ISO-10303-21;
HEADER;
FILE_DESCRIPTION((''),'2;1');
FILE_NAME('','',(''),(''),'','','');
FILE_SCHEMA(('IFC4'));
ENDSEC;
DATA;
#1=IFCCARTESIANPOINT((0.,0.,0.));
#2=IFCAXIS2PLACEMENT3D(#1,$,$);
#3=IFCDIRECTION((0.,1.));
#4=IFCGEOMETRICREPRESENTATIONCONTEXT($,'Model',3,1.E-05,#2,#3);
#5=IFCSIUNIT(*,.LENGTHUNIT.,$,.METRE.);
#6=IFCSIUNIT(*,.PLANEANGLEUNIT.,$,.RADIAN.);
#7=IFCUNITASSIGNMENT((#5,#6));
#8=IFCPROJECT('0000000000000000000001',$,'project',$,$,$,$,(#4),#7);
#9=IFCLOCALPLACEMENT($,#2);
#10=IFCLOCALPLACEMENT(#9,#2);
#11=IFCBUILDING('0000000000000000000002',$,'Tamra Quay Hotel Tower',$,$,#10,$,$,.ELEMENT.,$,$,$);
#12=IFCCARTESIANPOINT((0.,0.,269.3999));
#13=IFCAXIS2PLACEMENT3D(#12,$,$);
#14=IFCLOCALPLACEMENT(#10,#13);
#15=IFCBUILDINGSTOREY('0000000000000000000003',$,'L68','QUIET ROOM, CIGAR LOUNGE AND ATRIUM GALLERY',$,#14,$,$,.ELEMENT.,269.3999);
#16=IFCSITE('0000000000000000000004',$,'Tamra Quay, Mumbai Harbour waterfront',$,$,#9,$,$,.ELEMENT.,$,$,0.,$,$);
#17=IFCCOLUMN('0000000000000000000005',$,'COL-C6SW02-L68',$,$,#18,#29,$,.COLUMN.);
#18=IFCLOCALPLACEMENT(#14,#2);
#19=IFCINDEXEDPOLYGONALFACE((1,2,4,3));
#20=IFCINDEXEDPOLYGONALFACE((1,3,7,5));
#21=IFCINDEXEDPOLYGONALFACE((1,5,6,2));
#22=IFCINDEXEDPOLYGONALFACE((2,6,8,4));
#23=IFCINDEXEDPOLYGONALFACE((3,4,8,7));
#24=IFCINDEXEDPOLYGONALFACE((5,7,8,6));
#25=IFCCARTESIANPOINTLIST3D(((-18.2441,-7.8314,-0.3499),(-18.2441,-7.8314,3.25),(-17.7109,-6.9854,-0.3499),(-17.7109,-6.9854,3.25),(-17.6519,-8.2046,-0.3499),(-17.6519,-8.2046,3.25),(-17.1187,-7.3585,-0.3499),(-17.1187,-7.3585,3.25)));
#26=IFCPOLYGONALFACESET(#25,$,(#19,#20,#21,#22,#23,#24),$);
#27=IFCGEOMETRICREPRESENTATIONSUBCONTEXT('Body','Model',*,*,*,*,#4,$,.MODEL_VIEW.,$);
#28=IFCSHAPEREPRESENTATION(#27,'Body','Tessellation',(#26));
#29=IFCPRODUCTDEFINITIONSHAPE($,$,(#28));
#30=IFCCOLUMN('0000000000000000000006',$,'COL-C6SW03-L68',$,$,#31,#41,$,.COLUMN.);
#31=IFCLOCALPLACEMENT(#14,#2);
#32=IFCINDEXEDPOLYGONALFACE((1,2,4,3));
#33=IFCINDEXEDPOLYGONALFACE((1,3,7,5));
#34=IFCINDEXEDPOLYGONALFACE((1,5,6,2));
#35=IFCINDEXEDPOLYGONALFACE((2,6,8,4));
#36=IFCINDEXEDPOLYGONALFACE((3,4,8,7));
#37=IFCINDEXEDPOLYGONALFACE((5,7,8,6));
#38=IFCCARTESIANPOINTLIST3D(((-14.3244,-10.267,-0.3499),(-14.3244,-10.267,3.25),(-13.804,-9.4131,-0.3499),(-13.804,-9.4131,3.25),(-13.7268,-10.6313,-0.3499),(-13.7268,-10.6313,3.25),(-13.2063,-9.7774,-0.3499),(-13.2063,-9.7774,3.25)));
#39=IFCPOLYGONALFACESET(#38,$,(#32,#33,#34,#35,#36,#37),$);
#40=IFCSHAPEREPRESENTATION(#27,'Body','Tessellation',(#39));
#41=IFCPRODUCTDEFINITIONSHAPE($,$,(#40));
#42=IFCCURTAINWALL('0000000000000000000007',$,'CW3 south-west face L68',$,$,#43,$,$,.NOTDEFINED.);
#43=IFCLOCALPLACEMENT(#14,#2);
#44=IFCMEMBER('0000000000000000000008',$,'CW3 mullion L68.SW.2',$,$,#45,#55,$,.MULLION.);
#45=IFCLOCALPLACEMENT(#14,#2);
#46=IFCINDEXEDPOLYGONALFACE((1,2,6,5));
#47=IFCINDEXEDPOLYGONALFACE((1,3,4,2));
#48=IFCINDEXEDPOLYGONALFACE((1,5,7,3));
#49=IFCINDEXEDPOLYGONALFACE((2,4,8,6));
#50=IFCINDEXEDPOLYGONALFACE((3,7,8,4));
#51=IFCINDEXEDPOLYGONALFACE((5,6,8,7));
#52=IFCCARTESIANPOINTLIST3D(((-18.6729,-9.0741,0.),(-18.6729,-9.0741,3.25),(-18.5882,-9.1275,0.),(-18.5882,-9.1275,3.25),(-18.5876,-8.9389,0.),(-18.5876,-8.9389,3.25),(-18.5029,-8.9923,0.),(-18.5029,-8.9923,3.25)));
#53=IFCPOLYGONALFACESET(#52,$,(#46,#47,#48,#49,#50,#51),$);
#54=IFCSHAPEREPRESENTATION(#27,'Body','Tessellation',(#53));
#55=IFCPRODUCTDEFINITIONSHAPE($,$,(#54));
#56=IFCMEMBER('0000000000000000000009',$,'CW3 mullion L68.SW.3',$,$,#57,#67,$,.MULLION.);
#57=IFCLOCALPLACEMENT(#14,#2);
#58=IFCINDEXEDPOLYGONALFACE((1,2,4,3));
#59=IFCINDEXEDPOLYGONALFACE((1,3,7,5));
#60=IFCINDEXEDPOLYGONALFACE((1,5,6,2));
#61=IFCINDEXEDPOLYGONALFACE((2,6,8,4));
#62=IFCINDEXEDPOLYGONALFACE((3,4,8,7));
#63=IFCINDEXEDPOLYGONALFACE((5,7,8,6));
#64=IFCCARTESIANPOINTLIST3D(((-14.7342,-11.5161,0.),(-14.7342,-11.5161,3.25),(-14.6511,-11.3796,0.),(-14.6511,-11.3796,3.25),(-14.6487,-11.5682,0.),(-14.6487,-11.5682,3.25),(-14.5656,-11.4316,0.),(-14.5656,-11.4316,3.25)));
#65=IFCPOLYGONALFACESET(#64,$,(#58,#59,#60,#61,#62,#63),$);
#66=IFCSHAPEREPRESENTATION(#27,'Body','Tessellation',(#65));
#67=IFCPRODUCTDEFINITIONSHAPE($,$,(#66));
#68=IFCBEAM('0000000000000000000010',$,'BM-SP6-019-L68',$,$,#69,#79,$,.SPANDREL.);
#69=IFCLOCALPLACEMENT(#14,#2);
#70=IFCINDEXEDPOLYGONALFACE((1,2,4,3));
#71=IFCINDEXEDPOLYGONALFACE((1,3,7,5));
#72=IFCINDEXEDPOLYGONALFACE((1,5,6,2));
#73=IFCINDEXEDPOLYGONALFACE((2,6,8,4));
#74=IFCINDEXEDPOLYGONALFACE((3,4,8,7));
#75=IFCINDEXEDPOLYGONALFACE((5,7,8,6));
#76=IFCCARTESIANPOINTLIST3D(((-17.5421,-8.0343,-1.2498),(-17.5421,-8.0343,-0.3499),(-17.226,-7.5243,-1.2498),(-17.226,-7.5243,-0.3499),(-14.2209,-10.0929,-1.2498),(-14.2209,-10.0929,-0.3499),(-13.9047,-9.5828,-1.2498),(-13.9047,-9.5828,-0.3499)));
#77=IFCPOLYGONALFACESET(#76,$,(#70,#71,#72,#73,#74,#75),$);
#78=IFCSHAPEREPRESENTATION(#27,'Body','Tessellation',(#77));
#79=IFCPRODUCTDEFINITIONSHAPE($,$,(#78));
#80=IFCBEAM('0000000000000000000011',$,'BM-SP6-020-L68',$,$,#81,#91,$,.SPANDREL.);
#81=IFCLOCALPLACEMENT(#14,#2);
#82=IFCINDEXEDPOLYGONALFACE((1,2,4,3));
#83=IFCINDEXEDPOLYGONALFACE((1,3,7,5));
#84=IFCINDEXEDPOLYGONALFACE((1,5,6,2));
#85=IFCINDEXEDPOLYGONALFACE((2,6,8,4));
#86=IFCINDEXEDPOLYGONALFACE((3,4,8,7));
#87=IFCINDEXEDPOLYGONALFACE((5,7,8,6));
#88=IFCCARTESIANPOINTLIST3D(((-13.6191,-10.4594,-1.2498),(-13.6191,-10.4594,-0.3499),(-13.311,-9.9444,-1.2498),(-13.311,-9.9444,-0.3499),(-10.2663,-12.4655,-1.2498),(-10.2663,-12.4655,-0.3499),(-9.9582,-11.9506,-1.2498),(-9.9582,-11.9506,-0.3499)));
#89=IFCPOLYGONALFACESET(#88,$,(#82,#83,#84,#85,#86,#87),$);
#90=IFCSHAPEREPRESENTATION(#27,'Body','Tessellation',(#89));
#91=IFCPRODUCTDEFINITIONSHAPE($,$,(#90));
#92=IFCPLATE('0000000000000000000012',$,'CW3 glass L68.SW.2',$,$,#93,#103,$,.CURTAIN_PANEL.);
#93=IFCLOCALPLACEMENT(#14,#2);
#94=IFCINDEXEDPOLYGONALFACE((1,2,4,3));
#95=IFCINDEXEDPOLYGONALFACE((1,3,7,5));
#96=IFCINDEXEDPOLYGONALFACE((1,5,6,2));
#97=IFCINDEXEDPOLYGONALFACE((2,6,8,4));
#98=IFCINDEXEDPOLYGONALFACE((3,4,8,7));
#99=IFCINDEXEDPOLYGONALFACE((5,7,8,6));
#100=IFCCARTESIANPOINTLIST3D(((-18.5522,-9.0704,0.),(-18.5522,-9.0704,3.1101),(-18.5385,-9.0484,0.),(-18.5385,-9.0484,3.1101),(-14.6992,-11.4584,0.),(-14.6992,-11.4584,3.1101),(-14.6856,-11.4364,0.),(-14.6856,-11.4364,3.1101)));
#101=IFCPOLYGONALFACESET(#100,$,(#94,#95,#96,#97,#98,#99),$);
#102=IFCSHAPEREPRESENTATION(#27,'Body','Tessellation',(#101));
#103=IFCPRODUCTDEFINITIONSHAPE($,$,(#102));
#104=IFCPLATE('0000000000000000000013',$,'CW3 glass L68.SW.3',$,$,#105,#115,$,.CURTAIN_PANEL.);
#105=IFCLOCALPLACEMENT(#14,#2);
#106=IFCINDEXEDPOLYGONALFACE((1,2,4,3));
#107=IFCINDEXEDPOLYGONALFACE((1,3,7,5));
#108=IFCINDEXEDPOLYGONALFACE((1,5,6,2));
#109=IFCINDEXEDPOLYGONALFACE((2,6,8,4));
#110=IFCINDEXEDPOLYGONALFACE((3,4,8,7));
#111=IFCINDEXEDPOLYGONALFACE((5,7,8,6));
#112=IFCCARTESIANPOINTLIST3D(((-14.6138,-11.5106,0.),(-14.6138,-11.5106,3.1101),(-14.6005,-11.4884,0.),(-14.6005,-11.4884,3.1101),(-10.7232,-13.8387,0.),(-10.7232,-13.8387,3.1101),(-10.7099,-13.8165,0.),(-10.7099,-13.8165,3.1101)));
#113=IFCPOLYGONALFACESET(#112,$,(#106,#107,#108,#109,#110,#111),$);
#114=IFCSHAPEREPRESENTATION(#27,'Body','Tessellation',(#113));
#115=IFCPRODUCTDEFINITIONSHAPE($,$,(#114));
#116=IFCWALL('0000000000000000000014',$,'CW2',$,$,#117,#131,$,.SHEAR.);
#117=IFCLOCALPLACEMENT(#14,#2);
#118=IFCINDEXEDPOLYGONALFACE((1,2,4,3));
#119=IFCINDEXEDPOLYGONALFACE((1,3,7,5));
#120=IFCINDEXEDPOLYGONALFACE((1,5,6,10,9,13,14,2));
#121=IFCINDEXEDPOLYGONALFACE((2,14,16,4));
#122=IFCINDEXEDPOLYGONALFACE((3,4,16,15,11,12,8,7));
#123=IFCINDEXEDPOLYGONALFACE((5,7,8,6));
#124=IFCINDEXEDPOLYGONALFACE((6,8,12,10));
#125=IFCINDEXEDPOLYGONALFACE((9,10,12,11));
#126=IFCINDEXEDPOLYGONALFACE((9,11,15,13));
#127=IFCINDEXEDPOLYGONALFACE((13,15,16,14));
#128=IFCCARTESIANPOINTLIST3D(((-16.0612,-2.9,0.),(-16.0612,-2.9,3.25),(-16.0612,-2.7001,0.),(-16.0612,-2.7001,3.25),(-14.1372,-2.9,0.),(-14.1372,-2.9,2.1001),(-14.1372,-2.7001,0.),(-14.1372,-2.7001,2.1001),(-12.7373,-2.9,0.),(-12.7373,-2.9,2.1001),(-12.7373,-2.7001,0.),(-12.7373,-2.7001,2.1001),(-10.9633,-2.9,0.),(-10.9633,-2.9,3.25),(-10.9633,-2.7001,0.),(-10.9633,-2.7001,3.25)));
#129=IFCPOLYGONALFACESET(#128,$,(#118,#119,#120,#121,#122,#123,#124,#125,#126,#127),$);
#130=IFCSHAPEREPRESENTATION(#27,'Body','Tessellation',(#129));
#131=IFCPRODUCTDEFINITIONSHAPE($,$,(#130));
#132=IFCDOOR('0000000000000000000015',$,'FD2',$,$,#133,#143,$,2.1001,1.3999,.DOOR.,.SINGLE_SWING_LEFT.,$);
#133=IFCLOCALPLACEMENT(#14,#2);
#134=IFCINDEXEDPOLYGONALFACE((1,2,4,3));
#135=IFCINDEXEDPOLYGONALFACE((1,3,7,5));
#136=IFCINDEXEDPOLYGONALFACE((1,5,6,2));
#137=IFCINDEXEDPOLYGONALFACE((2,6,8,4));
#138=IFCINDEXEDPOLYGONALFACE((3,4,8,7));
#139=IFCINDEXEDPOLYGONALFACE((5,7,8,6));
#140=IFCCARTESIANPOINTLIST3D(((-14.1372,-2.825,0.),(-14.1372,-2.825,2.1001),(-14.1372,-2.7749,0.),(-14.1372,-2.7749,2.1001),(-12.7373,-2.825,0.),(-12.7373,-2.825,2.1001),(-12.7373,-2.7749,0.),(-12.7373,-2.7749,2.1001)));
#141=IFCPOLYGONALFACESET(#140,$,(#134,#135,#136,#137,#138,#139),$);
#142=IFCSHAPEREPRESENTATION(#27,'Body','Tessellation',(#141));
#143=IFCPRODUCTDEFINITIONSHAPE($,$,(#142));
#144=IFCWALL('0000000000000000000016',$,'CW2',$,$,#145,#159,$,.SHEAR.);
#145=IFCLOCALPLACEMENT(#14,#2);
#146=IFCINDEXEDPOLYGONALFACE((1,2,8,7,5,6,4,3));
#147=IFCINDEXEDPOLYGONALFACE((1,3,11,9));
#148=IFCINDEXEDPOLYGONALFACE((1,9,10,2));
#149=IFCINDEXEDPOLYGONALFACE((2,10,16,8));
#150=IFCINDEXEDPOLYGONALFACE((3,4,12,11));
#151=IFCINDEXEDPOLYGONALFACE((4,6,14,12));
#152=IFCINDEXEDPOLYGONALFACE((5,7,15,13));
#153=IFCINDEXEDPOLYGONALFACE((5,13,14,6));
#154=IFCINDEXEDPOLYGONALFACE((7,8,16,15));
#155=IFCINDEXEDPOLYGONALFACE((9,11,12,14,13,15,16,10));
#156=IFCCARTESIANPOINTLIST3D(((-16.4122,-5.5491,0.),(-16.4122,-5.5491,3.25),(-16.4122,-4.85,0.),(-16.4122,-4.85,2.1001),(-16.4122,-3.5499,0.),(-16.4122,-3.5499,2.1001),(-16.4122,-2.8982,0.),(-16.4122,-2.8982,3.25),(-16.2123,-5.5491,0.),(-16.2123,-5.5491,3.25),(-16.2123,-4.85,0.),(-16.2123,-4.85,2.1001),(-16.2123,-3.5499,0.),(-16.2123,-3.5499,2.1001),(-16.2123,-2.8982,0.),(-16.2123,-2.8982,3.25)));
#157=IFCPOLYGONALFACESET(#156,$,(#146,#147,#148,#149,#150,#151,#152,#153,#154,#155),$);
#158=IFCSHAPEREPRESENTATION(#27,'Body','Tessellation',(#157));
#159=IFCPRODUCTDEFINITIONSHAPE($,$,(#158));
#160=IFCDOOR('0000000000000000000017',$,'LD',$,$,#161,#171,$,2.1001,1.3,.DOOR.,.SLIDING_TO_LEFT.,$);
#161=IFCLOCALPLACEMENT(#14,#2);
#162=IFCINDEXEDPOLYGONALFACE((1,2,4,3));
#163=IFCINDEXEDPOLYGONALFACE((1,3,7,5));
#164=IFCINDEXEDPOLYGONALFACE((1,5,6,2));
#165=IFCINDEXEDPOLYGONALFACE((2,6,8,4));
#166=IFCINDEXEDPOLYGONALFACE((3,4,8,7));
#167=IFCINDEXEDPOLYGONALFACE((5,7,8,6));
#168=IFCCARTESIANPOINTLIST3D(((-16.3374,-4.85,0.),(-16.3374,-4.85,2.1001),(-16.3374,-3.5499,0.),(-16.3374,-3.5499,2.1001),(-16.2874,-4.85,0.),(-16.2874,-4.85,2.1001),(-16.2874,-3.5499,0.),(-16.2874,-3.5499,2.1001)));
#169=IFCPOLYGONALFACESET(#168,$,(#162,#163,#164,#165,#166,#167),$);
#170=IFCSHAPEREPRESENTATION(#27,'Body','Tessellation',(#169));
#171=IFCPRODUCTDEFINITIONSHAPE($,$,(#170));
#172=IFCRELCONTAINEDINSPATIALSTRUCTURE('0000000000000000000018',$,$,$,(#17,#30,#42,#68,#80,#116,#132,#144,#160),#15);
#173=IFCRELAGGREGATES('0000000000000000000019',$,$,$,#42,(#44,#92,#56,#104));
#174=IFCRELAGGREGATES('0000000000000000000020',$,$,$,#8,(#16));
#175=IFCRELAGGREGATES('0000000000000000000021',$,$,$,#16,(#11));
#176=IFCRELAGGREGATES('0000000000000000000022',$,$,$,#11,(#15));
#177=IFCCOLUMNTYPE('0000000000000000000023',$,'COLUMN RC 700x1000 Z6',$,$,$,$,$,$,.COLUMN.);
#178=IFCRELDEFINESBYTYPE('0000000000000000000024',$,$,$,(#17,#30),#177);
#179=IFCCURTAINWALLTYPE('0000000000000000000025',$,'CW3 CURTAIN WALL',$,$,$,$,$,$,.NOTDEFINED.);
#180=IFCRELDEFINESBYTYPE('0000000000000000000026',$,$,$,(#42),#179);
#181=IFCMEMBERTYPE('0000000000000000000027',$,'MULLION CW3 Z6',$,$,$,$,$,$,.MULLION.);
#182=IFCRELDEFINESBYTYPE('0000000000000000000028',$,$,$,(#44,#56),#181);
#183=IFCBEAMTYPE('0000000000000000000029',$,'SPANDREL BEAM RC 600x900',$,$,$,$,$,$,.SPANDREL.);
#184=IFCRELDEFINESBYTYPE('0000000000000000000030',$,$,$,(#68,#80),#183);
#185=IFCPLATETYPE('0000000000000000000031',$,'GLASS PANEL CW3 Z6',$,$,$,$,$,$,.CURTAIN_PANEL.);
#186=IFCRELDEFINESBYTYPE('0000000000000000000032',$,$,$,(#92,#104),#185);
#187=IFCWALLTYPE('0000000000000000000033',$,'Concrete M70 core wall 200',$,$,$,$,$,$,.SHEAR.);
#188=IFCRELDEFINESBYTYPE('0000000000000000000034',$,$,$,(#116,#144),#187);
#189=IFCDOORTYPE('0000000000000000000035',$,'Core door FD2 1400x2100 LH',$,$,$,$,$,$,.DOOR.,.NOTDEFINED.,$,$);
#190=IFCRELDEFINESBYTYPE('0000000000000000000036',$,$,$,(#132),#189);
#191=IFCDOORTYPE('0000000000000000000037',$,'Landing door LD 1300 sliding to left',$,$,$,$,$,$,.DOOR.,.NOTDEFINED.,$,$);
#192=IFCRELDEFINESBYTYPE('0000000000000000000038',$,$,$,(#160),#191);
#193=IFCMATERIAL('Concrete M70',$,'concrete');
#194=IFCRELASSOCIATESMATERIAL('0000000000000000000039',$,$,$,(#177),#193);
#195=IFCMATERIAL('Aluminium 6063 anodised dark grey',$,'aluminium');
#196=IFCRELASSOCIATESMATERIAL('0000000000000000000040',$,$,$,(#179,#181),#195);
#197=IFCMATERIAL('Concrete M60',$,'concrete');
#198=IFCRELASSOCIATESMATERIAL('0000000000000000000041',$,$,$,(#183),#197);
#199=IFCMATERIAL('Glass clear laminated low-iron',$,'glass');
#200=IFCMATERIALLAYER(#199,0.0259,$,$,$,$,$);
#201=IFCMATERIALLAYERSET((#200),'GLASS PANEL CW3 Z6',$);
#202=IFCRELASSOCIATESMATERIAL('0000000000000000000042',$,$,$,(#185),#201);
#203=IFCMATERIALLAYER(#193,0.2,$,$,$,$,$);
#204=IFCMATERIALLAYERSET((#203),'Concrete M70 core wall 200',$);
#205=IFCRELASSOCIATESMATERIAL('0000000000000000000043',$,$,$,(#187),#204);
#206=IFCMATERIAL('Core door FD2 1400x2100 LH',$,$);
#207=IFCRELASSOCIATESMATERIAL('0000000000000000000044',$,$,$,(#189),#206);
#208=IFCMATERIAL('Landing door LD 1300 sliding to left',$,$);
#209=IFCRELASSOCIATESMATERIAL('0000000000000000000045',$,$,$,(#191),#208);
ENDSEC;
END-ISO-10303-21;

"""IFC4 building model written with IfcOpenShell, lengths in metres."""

from ifc_helpers import new_model, si_unit, direction, frame, frame_2d, origin, origin_2d, place, context, subcontext, project, spatial, rectangle, extrude, material, layer, layer_set, material_profile, profile_set, type_object, element, fill, aggregate, save


model = new_model("IFC4")

# Units and contexts
model_context = context("Model", 3, precision=1e-05, world=origin(), true_north=direction((0.0, 1.0)))
body_context = subcontext(model_context, "Body", "Model", "MODEL_VIEW")
ifc_project = project(units=[si_unit("LENGTHUNIT", "METRE"), si_unit("PLANEANGLEUNIT", "RADIAN")], contexts=[model_context])

# Site, building, storey
site_placement = place(None, origin())
site = spatial("IfcSite", under=ifc_project, at=site_placement, Name="Tamra Quay, Mumbai Harbour waterfront", CompositionType="ELEMENT", RefElevation=0.0)
building_placement = place(site_placement, origin())
building = spatial("IfcBuilding", under=site, at=building_placement, Name="Tamra Quay Hotel Tower", CompositionType="ELEMENT")
storey_placement = place(building_placement, frame((0.0, 0.0, 269.3999)))
storey = spatial("IfcBuildingStorey", under=building, at=storey_placement, Name="L68", Description="QUIET ROOM, CIGAR LOUNGE AND ATRIUM GALLERY", CompositionType="ELEMENT", Elevation=269.3999)

# Columns
ifc_material_1 = material(Name="Concrete M70", Category="concrete")
ifc_material_profile_1 = material_profile(ifc_material_1, rectangle(XDim=1.0, YDim=0.7, at=origin_2d()), Name="COLUMN RC 700x1000 Z6")
ifc_profile_set_1 = profile_set([ifc_material_profile_1], Name="Concrete M70")
column_type = type_object("IfcColumnType", Name="COLUMN RC 700x1000 Z6", PredefinedType="COLUMN", material=ifc_profile_set_1)
for number, where, z_axis, x_axis, name in (
    (1, (-17.6814, -7.595, -0.3499), (0.0, 0.0, 1.0), (0.533133, 0.846031, 0.0), "COL-C6SW02-L68"),
    (2, (-13.7654, -10.0222, -0.3499), (0.0, 0.0, 1.0), (0.52043, 0.853904, 0.0), "COL-C6SW03-L68"),
):
    element("IfcColumn", number, at=place(storey_placement, frame(where, z_axis=z_axis, x_axis=x_axis)), inside=storey, type_object=column_type, Name=name, PredefinedType="COLUMN", context=body_context, shape_type="SweptSolid", body=[
        extrude(rectangle(XDim=1.0, YDim=0.7, at=origin_2d()), origin(), (0.0, 0.0, 1.0), 3.5999),
    ])

# Curtain wall, members
ifc_material_2 = material(Name="Aluminium 6063 anodised dark grey", Category="aluminium")
curtain_wall_type = type_object("IfcCurtainWallType", Name="CW3 CURTAIN WALL", PredefinedType="NOTDEFINED", material=ifc_material_2)
curtain_wall_placement = place(storey_placement, origin())
curtain_wall = element("IfcCurtainWall", 3, at=curtain_wall_placement, inside=storey, type_object=curtain_wall_type, Name="CW3 south-west face L68", PredefinedType="NOTDEFINED")
ifc_material_profile_2 = material_profile(ifc_material_2, rectangle(XDim=0.1599, YDim=0.1001, at=origin_2d()), Name="MULLION 100X160")
ifc_profile_set_2 = profile_set([ifc_material_profile_2], Name="Aluminium 6063 anodised dark grey")
member_type = type_object("IfcMemberType", Name="MULLION CW3 Z6", PredefinedType="MULLION", material=ifc_profile_set_2)
member_1_placement = place(storey_placement, frame((-18.5879, -9.0332, 0.0), z_axis=(0.0, 0.0, 1.0), x_axis=(-0.533422, -0.845849, 0.0)))
member_1 = element("IfcMember", 4, at=member_1_placement, type_object=member_type, Name="CW3 mullion L68.SW.2", PredefinedType="MULLION", context=body_context, shape_type="SweptSolid", body=[
    extrude(rectangle(XDim=0.1599, YDim=0.1001, at=origin_2d()), origin(), (0.0, 0.0, 1.0), 3.25),
])
member_2_placement = place(storey_placement, frame((-14.6499, -11.4739, 0.0), z_axis=(0.0, 0.0, 1.0), x_axis=(-0.52016, -0.854069, 0.0)))
member_2 = element("IfcMember", 5, at=member_2_placement, type_object=member_type, Name="CW3 mullion L68.SW.3", PredefinedType="MULLION", context=body_context, shape_type="SweptSolid", body=[
    extrude(rectangle(XDim=0.1599, YDim=0.1001, at=origin_2d()), origin(), (0.0, 0.0, 1.0), 3.25),
])

# Beams
ifc_material_3 = material(Name="Concrete M60", Category="concrete")
ifc_material_profile_3 = material_profile(ifc_material_3, rectangle(XDim=0.6001, YDim=0.8999, at=origin_2d()), Name="SPANDREL BEAM RC 600x900")
ifc_profile_set_3 = profile_set([ifc_material_profile_3], Name="Concrete M60")
beam_type = type_object("IfcBeamType", Name="SPANDREL BEAM RC 600x900", PredefinedType="SPANDREL", material=ifc_profile_set_3)
beam_1_placement = place(storey_placement, frame((-17.384, -7.7793, -0.7998), z_axis=(0.849972, -0.526828, 0.0), x_axis=(0.526828, 0.849972, 0.0)))
element("IfcBeam", 6, at=beam_1_placement, inside=storey, type_object=beam_type, Name="BM-SP6-019-L68", PredefinedType="SPANDREL", context=body_context, shape_type="SweptSolid", body=[
    extrude(rectangle(XDim=0.6001, YDim=0.8999, at=origin_2d()), origin(), (0.0, 0.0, 1.0), 3.9075),
])
beam_2_placement = place(storey_placement, frame((-13.4651, -10.2019, -0.7998), z_axis=(0.858121, -0.513448, 0.0), x_axis=(0.513448, 0.858121, 0.0)))
element("IfcBeam", 7, at=beam_2_placement, inside=storey, type_object=beam_type, Name="BM-SP6-020-L68", PredefinedType="SPANDREL", context=body_context, shape_type="SweptSolid", body=[
    extrude(rectangle(XDim=0.6001, YDim=0.8999, at=origin_2d()), origin(), (0.0, 0.0, 1.0), 3.9072),
])

# Plates
ifc_material_4 = material(Name="Glass clear laminated low-iron", Category="glass")
ifc_layer_1 = layer(ifc_material_4, 0.0259)
ifc_layer_set_1 = layer_set([ifc_layer_1], Name="GLASS PANEL CW3 Z6")
plate_type = type_object("IfcPlateType", Name="GLASS PANEL CW3 Z6", PredefinedType="CURTAIN_PANEL", material=ifc_layer_set_1)
plate_1_placement = place(storey_placement, frame((-16.6189, -10.2534, 0.0), z_axis=(0.0, 0.0, 1.0), x_axis=(0.849982, -0.526812, 0.0)))
plate_1 = element("IfcPlate", 8, at=plate_1_placement, type_object=plate_type, Name="CW3 glass L68.SW.2", PredefinedType="CURTAIN_PANEL", context=body_context, shape_type="SweptSolid", body=[
    extrude(rectangle(XDim=4.533, YDim=0.0259, at=origin_2d()), origin(), (0.0, 0.0, 1.0), 3.1101),
])
plate_2_placement = place(storey_placement, frame((-12.6619, -12.6636, 0.0), z_axis=(0.0, 0.0, 1.0), x_axis=(0.858103, -0.513477, 0.0)))
plate_2 = element("IfcPlate", 9, at=plate_2_placement, type_object=plate_type, Name="CW3 glass L68.SW.3", PredefinedType="CURTAIN_PANEL", context=body_context, shape_type="SweptSolid", body=[
    extrude(rectangle(XDim=4.5339, YDim=0.0259, at=origin_2d()), origin(), (0.0, 0.0, 1.0), 3.1101),
])
aggregate(curtain_wall, [member_1, plate_1, member_2, plate_2])

# Walls, openings, doors
ifc_layer_2 = layer(ifc_material_1, 0.2)
ifc_layer_set_2 = layer_set([ifc_layer_2], Name="Concrete M70 core wall 200")
wall_type_1 = type_object("IfcWallType", Name="Concrete M70 core wall 200", PredefinedType="SHEAR", material=ifc_layer_set_2)
wall_1_placement = place(storey_placement, frame((-10.9634, -2.8, 0.0), z_axis=(0.0, 0.0, 1.0), x_axis=(-1.0, 0.0, 0.0)))
wall_1 = element("IfcWall", 10, at=wall_1_placement, inside=storey, type_object=wall_type_1, Name="CW2", PredefinedType="SHEAR", context=body_context, shape_type="SweptSolid", body=[
    extrude(rectangle(XDim=5.0979, YDim=0.2, at=frame_2d((2.5488, 0.0))), origin(), (0.0, 0.0, 1.0), 3.25),
])
opening_1_placement = place(wall_1_placement, frame((1.7739, 0.0, 0.0)))
opening_1 = element("IfcOpeningElement", 11, at=opening_1_placement, cuts=wall_1, PredefinedType="OPENING", context=body_context, shape_type="SweptSolid", body=[
    extrude(rectangle(XDim=1.3999, YDim=2.1001, at=frame_2d((0.7, 1.05))), frame((0.0, 0.1099, 0.0), z_axis=(0.0, -1.0, 0.0), x_axis=(1.0, 0.0, 0.0)), (0.0, 0.0, 1.0), 0.22),
])
ifc_material_5 = material(Name="Core door FD2 1400x2100 LH")
door_type_1 = type_object("IfcDoorType", Name="Core door FD2 1400x2100 LH", OperationType="NOTDEFINED", PredefinedType="DOOR", material=ifc_material_5)
door_1_placement = place(opening_1_placement, origin())
door_1 = element("IfcDoor", 12, at=door_1_placement, inside=storey, type_object=door_type_1, Name="FD2", OperationType="SINGLE_SWING_LEFT", OverallHeight=2.1001, OverallWidth=1.3999, PredefinedType="DOOR", context=body_context, shape_type="SweptSolid", body=[
    extrude(rectangle(XDim=1.3999, YDim=2.1001, at=frame_2d((0.7, 1.05))), frame((0.0, 0.0249, 0.0), z_axis=(0.0, -1.0, 0.0), x_axis=(1.0, 0.0, 0.0)), (0.0, 0.0, 1.0), 0.05),
])
fill(opening_1, door_1)
wall_2_placement = place(storey_placement, frame((-16.3123, -2.8982, 0.0), z_axis=(0.0, 0.0, 1.0), x_axis=(0.0, -1.0, 0.0)))
wall_2 = element("IfcWall", 13, at=wall_2_placement, inside=storey, type_object=wall_type_1, Name="CW2", PredefinedType="SHEAR", context=body_context, shape_type="SweptSolid", body=[
    extrude(rectangle(XDim=2.6509, YDim=0.2, at=frame_2d((1.3254, 0.0))), origin(), (0.0, 0.0, 1.0), 3.25),
])
opening_2_placement = place(wall_2_placement, frame((0.6519, 0.0, 0.0)))
opening_2 = element("IfcOpeningElement", 14, at=opening_2_placement, cuts=wall_2, PredefinedType="OPENING", context=body_context, shape_type="SweptSolid", body=[
    extrude(rectangle(XDim=1.3, YDim=2.1001, at=frame_2d((0.6499, 1.05))), frame((0.0, 0.1099, 0.0), z_axis=(0.0, -1.0, 0.0), x_axis=(1.0, 0.0, 0.0)), (0.0, 0.0, 1.0), 0.22),
])
ifc_material_6 = material(Name="Landing door LD 1300 sliding to left")
door_type_2 = type_object("IfcDoorType", Name="Landing door LD 1300 sliding to left", OperationType="NOTDEFINED", PredefinedType="DOOR", material=ifc_material_6)
door_2_placement = place(opening_2_placement, origin())
door_2 = element("IfcDoor", 15, at=door_2_placement, inside=storey, type_object=door_type_2, Name="LD", OperationType="SLIDING_TO_LEFT", OverallHeight=2.1001, OverallWidth=1.3, PredefinedType="DOOR", context=body_context, shape_type="SweptSolid", body=[
    extrude(rectangle(XDim=1.3, YDim=2.1001, at=frame_2d((0.6499, 1.05))), frame((0.0, 0.0249, 0.0), z_axis=(0.0, -1.0, 0.0), x_axis=(1.0, 0.0, 0.0)), (0.0, 0.0, 1.0), 0.05),
])
fill(opening_2, door_2)

save(model, "model.ifc")
